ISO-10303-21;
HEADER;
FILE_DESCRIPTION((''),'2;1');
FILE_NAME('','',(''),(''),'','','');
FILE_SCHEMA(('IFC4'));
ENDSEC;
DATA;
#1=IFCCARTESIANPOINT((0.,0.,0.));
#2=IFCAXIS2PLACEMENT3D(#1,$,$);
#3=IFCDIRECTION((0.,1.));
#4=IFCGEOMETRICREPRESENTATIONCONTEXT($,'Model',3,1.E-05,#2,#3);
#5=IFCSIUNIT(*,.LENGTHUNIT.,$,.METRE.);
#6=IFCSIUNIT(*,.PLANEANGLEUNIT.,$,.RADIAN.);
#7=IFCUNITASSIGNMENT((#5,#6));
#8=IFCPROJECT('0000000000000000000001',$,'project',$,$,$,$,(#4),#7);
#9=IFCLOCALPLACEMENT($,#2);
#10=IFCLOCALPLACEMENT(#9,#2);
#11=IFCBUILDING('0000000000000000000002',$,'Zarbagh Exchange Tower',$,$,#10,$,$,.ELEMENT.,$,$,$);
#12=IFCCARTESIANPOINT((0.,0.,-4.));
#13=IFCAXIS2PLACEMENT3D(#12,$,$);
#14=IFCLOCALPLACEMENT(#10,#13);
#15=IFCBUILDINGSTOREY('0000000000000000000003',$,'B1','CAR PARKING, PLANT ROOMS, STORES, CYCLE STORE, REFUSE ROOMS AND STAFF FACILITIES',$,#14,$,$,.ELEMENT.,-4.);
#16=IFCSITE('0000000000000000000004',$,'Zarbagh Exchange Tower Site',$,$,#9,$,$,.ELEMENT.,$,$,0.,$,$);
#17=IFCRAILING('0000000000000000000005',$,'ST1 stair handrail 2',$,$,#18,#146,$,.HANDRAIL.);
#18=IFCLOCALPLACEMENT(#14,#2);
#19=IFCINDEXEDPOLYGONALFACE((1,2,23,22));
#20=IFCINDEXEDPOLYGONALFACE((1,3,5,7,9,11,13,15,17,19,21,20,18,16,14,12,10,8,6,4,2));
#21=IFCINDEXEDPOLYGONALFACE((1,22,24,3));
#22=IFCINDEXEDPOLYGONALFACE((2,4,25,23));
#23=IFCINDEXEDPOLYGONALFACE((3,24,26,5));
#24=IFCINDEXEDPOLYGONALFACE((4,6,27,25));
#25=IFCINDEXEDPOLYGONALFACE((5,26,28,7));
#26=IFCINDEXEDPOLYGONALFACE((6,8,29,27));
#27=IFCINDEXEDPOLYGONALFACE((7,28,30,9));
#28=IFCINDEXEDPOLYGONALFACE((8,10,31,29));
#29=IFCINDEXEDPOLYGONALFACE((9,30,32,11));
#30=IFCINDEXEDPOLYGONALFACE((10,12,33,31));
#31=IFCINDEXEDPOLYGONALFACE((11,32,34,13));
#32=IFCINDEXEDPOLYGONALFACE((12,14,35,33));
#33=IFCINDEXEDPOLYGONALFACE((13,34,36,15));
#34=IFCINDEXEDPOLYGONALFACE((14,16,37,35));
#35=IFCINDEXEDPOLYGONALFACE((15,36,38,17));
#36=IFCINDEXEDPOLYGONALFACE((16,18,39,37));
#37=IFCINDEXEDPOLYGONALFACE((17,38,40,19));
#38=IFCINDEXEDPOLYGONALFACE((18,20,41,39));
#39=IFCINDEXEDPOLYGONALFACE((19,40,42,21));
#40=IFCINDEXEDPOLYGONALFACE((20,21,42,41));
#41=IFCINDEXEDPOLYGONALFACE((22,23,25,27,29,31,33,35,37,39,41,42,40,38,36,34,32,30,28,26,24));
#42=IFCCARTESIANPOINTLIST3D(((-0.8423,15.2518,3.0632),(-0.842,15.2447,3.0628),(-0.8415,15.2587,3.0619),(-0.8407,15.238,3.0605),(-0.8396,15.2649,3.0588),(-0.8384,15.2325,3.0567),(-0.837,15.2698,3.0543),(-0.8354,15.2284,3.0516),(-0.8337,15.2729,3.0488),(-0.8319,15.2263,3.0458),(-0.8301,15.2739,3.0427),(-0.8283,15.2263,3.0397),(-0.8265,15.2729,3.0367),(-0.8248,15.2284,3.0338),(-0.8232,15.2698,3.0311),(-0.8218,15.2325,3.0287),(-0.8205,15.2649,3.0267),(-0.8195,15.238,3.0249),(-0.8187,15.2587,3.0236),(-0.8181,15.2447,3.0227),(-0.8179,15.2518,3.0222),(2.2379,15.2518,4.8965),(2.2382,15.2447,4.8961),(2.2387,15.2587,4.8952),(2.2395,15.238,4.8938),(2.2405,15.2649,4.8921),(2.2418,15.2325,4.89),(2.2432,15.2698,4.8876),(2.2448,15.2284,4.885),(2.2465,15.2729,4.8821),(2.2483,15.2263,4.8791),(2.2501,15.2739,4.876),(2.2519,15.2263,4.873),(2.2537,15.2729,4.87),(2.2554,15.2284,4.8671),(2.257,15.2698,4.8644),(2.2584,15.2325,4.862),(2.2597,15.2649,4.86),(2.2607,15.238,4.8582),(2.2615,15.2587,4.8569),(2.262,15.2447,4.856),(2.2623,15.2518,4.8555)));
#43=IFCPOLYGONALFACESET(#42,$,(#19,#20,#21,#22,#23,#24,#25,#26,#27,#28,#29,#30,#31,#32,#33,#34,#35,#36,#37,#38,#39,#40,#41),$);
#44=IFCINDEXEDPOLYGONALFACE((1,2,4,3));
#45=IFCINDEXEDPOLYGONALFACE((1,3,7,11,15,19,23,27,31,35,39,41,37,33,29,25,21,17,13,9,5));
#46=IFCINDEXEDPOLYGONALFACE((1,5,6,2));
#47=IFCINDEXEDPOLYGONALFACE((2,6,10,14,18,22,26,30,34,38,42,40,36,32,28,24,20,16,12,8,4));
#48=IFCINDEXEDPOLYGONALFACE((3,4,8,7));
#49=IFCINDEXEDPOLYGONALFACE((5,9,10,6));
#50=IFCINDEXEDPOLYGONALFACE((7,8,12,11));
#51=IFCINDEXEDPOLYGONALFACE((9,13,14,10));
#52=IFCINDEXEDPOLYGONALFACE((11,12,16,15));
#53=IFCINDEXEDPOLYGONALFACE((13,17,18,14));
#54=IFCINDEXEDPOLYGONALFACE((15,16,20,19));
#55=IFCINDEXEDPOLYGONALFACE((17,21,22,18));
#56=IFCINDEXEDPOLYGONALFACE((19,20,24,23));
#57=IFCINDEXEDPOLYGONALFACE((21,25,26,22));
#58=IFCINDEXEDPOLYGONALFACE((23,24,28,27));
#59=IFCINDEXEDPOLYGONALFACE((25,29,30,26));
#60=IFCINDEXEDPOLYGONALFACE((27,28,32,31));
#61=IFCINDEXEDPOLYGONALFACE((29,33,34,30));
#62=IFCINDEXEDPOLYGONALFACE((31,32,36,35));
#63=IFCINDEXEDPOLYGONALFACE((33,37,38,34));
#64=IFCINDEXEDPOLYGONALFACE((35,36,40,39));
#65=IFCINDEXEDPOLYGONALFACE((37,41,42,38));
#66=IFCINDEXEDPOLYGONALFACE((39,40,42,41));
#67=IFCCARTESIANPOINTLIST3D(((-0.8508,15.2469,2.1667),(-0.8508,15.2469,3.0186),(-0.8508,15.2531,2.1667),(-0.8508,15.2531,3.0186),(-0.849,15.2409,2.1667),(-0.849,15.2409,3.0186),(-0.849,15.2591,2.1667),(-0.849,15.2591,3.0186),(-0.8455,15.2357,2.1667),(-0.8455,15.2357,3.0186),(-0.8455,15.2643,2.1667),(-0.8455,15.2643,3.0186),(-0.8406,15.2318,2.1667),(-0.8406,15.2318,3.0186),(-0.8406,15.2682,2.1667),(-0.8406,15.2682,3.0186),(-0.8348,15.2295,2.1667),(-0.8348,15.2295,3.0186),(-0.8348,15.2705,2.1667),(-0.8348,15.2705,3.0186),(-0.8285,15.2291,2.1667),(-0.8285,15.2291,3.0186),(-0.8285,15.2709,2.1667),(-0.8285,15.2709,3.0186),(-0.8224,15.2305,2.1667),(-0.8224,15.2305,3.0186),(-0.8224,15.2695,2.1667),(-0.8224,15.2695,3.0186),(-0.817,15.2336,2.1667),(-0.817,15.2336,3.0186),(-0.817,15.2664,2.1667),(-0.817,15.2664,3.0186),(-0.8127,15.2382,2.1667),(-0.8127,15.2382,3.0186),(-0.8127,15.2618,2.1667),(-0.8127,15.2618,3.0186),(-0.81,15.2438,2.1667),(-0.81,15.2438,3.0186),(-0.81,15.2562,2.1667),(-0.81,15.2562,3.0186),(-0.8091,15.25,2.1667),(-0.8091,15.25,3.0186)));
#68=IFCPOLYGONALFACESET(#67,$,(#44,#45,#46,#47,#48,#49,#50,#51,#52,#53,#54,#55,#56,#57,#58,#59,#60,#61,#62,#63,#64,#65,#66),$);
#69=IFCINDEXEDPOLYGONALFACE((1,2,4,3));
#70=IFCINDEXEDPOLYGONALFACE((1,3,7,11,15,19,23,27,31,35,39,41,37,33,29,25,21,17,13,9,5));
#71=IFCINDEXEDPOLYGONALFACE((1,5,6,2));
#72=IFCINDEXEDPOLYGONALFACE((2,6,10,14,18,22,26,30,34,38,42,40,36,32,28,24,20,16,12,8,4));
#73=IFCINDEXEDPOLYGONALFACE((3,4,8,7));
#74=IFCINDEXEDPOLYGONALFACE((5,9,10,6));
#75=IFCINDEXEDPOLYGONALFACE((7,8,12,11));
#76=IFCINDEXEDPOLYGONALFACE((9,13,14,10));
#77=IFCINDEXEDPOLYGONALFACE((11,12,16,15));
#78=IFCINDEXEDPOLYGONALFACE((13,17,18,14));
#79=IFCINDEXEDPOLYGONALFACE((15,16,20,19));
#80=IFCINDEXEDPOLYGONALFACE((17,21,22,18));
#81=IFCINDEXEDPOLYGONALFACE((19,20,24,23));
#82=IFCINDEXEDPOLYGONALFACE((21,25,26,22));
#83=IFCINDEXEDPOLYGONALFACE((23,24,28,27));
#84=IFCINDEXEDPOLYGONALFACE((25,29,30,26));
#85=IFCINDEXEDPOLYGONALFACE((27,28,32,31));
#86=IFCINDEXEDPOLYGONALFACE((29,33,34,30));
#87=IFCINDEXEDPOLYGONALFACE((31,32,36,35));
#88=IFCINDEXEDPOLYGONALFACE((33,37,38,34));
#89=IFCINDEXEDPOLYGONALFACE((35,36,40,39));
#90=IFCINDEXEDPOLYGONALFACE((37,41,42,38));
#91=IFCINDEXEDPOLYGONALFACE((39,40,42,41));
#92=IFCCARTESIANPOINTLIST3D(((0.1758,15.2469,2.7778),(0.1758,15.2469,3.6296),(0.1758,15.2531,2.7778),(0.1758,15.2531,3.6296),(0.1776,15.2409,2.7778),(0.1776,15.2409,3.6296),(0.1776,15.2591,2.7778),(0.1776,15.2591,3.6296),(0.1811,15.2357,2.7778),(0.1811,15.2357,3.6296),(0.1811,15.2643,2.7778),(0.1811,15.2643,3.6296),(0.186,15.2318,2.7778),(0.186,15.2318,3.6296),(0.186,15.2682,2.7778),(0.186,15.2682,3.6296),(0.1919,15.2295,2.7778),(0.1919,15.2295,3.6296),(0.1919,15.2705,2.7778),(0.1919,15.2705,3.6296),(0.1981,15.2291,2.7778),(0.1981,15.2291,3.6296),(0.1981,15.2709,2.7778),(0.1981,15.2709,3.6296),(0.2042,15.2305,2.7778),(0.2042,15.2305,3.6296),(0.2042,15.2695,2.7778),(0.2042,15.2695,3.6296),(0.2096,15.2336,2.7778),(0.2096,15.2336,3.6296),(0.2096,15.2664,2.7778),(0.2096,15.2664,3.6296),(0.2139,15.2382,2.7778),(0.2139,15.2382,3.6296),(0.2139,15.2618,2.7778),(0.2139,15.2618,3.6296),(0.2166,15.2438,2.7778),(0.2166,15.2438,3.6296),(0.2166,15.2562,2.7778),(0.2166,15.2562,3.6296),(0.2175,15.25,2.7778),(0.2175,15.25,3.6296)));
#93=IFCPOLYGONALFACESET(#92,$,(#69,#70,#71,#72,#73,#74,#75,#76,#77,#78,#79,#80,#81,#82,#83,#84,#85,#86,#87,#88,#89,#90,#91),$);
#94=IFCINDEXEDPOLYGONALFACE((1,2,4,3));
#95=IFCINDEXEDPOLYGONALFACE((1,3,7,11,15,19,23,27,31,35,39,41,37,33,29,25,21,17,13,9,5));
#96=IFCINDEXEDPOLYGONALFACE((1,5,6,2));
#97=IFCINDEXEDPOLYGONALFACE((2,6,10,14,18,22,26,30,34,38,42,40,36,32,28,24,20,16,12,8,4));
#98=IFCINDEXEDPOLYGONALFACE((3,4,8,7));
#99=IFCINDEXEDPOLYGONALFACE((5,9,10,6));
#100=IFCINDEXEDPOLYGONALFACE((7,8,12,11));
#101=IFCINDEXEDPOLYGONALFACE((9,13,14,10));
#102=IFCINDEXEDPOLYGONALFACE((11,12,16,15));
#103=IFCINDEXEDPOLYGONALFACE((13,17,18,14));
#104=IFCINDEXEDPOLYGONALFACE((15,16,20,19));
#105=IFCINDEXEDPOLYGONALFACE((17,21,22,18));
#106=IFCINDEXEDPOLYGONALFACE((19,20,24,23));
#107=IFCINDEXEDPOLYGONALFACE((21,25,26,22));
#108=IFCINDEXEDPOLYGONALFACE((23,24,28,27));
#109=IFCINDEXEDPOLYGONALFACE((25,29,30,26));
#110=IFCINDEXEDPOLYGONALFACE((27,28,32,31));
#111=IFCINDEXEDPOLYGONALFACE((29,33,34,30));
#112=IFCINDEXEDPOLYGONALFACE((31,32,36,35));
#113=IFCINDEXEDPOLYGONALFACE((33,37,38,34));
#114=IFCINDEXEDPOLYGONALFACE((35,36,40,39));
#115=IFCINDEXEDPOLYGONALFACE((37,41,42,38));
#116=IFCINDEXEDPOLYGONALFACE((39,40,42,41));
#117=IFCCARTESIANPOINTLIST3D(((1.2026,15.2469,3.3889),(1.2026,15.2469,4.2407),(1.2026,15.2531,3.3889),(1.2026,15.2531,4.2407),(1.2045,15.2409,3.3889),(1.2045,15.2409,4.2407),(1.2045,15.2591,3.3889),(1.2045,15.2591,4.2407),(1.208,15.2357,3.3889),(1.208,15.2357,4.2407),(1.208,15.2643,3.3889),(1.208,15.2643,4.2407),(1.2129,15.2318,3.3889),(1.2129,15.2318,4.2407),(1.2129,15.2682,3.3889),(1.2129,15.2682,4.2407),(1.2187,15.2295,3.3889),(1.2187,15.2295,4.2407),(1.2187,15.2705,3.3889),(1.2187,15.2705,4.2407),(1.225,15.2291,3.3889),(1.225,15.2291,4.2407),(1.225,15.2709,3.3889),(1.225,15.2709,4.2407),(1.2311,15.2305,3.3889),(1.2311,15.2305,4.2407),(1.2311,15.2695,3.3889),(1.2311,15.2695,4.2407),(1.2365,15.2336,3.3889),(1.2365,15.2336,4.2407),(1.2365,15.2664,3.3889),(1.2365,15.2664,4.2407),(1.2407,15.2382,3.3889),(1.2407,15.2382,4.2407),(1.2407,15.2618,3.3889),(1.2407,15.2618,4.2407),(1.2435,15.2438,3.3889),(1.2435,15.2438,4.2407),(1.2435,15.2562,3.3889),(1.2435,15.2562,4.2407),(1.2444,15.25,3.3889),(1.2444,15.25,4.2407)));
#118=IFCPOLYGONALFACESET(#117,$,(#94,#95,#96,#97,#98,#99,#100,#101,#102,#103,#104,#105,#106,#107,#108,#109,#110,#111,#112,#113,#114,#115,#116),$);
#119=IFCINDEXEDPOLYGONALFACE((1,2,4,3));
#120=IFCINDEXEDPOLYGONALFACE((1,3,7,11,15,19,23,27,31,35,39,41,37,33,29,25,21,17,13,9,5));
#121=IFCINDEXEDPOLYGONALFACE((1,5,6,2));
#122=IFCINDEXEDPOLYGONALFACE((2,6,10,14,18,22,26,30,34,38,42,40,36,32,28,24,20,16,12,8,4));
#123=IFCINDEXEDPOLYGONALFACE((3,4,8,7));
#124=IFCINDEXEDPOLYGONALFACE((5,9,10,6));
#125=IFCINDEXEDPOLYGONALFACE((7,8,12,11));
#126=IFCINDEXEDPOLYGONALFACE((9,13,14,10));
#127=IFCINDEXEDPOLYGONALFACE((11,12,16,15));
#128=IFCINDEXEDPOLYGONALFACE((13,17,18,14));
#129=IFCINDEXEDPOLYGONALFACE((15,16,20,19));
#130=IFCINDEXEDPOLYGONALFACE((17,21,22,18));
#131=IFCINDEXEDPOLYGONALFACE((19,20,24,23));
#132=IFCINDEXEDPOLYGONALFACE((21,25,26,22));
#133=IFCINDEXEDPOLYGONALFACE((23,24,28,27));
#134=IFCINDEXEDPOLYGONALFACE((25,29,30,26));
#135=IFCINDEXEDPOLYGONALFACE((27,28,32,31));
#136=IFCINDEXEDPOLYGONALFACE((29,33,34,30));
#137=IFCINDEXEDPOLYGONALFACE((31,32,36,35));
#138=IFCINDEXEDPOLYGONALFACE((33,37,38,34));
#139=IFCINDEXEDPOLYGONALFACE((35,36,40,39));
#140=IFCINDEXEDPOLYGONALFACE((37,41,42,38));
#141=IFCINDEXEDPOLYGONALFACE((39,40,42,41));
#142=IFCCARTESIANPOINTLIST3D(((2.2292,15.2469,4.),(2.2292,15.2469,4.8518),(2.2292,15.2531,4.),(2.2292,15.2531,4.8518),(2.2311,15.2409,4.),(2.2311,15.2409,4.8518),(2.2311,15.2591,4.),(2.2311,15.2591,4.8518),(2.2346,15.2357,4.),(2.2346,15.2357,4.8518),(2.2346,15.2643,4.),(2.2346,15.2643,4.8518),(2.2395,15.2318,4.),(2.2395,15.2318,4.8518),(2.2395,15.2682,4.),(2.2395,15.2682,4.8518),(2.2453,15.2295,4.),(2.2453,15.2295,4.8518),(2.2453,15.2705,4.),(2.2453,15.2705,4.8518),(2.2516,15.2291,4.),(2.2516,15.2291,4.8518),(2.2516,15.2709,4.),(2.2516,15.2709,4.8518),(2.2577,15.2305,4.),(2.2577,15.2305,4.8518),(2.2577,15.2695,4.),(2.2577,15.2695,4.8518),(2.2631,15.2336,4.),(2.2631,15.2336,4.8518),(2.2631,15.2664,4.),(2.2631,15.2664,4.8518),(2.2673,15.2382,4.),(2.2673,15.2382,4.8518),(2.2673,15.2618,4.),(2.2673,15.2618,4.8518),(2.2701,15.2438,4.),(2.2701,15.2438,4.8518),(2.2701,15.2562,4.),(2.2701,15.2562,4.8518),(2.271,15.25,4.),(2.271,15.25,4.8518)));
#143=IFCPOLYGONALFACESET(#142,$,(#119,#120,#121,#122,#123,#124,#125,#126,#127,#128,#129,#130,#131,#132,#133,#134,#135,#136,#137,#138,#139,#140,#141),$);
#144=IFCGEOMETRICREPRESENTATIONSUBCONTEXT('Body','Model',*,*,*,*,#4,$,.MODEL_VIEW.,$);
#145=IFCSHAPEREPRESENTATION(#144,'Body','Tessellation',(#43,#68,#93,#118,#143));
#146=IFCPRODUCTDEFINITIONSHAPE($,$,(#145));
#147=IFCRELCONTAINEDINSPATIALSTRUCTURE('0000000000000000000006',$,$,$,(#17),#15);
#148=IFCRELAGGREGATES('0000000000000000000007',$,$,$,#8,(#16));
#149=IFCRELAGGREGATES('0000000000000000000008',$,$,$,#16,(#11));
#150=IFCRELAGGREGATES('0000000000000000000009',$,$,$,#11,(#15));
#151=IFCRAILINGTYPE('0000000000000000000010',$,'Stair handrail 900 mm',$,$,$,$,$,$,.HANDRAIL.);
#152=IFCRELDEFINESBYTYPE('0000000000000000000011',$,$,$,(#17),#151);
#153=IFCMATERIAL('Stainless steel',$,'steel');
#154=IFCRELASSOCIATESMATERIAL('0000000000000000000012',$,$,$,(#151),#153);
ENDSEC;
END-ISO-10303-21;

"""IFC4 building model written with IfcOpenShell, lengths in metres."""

from ifc_helpers import new_model, si_unit, direction, frame, origin, origin_2d, place, context, subcontext, project, spatial, circle, extrude, material, type_object, element, save


model = new_model("IFC4")

# Units and contexts
model_context = context("Model", 3, precision=1e-05, world=origin(), true_north=direction((0.0, 1.0)))
body_context = subcontext(model_context, "Body", "Model", "MODEL_VIEW")
ifc_project = project(units=[si_unit("LENGTHUNIT", "METRE"), si_unit("PLANEANGLEUNIT", "RADIAN")], contexts=[model_context])

# Site, building, storey
site_placement = place(None, origin())
site = spatial("IfcSite", under=ifc_project, at=site_placement, Name="Zarbagh Exchange Tower Site", CompositionType="ELEMENT", RefElevation=0.0)
building_placement = place(site_placement, origin())
building = spatial("IfcBuilding", under=site, at=building_placement, Name="Zarbagh Exchange Tower", CompositionType="ELEMENT")
storey_placement = place(building_placement, frame((0.0, 0.0, -4.0)))
storey = spatial("IfcBuildingStorey", under=building, at=storey_placement, Name="B1", Description="CAR PARKING, PLANT ROOMS, STORES, CYCLE STORE, REFUSE ROOMS AND STAFF FACILITIES", CompositionType="ELEMENT", Elevation=-4.0)

# Railing
ifc_material_1 = material(Name="Stainless steel", Category="steel")
railing_type_1 = type_object("IfcRailingType", Name="Stair handrail 900 mm", PredefinedType="HANDRAIL", material=ifc_material_1)
railing_1_placement = place(storey_placement, frame((-0.8301, 15.25, 2.1667)))
element("IfcRailing", 1, at=railing_1_placement, inside=storey, type_object=railing_type_1, Name="ST1 stair handrail 2", PredefinedType="HANDRAIL", context=body_context, shape_type="SweptSolid", body=[
    extrude(circle(Radius=0.0239, at=origin_2d()), frame((0.0, 0.0, 0.876), z_axis=(0.859309, 0.0, 0.511458), x_axis=(0.0, 1.0, 0.0)), (0.0, 0.0, 1.0), 3.5845),
    extrude(circle(Radius=0.021, at=origin_2d()), origin(), (0.0, 0.0, 1.0), 0.8518),
    extrude(circle(Radius=0.021, at=origin_2d()), frame((1.0266, 0.0, 0.6111)), (0.0, 0.0, 1.0), 0.8518),
    extrude(circle(Radius=0.021, at=origin_2d()), frame((2.0535, 0.0, 1.2222)), (0.0, 0.0, 1.0), 0.8518),
    extrude(circle(Radius=0.021, at=origin_2d()), frame((3.0801, 0.0, 1.8333)), (0.0, 0.0, 1.0), 0.8518),
])

save(model, "model.ifc")
